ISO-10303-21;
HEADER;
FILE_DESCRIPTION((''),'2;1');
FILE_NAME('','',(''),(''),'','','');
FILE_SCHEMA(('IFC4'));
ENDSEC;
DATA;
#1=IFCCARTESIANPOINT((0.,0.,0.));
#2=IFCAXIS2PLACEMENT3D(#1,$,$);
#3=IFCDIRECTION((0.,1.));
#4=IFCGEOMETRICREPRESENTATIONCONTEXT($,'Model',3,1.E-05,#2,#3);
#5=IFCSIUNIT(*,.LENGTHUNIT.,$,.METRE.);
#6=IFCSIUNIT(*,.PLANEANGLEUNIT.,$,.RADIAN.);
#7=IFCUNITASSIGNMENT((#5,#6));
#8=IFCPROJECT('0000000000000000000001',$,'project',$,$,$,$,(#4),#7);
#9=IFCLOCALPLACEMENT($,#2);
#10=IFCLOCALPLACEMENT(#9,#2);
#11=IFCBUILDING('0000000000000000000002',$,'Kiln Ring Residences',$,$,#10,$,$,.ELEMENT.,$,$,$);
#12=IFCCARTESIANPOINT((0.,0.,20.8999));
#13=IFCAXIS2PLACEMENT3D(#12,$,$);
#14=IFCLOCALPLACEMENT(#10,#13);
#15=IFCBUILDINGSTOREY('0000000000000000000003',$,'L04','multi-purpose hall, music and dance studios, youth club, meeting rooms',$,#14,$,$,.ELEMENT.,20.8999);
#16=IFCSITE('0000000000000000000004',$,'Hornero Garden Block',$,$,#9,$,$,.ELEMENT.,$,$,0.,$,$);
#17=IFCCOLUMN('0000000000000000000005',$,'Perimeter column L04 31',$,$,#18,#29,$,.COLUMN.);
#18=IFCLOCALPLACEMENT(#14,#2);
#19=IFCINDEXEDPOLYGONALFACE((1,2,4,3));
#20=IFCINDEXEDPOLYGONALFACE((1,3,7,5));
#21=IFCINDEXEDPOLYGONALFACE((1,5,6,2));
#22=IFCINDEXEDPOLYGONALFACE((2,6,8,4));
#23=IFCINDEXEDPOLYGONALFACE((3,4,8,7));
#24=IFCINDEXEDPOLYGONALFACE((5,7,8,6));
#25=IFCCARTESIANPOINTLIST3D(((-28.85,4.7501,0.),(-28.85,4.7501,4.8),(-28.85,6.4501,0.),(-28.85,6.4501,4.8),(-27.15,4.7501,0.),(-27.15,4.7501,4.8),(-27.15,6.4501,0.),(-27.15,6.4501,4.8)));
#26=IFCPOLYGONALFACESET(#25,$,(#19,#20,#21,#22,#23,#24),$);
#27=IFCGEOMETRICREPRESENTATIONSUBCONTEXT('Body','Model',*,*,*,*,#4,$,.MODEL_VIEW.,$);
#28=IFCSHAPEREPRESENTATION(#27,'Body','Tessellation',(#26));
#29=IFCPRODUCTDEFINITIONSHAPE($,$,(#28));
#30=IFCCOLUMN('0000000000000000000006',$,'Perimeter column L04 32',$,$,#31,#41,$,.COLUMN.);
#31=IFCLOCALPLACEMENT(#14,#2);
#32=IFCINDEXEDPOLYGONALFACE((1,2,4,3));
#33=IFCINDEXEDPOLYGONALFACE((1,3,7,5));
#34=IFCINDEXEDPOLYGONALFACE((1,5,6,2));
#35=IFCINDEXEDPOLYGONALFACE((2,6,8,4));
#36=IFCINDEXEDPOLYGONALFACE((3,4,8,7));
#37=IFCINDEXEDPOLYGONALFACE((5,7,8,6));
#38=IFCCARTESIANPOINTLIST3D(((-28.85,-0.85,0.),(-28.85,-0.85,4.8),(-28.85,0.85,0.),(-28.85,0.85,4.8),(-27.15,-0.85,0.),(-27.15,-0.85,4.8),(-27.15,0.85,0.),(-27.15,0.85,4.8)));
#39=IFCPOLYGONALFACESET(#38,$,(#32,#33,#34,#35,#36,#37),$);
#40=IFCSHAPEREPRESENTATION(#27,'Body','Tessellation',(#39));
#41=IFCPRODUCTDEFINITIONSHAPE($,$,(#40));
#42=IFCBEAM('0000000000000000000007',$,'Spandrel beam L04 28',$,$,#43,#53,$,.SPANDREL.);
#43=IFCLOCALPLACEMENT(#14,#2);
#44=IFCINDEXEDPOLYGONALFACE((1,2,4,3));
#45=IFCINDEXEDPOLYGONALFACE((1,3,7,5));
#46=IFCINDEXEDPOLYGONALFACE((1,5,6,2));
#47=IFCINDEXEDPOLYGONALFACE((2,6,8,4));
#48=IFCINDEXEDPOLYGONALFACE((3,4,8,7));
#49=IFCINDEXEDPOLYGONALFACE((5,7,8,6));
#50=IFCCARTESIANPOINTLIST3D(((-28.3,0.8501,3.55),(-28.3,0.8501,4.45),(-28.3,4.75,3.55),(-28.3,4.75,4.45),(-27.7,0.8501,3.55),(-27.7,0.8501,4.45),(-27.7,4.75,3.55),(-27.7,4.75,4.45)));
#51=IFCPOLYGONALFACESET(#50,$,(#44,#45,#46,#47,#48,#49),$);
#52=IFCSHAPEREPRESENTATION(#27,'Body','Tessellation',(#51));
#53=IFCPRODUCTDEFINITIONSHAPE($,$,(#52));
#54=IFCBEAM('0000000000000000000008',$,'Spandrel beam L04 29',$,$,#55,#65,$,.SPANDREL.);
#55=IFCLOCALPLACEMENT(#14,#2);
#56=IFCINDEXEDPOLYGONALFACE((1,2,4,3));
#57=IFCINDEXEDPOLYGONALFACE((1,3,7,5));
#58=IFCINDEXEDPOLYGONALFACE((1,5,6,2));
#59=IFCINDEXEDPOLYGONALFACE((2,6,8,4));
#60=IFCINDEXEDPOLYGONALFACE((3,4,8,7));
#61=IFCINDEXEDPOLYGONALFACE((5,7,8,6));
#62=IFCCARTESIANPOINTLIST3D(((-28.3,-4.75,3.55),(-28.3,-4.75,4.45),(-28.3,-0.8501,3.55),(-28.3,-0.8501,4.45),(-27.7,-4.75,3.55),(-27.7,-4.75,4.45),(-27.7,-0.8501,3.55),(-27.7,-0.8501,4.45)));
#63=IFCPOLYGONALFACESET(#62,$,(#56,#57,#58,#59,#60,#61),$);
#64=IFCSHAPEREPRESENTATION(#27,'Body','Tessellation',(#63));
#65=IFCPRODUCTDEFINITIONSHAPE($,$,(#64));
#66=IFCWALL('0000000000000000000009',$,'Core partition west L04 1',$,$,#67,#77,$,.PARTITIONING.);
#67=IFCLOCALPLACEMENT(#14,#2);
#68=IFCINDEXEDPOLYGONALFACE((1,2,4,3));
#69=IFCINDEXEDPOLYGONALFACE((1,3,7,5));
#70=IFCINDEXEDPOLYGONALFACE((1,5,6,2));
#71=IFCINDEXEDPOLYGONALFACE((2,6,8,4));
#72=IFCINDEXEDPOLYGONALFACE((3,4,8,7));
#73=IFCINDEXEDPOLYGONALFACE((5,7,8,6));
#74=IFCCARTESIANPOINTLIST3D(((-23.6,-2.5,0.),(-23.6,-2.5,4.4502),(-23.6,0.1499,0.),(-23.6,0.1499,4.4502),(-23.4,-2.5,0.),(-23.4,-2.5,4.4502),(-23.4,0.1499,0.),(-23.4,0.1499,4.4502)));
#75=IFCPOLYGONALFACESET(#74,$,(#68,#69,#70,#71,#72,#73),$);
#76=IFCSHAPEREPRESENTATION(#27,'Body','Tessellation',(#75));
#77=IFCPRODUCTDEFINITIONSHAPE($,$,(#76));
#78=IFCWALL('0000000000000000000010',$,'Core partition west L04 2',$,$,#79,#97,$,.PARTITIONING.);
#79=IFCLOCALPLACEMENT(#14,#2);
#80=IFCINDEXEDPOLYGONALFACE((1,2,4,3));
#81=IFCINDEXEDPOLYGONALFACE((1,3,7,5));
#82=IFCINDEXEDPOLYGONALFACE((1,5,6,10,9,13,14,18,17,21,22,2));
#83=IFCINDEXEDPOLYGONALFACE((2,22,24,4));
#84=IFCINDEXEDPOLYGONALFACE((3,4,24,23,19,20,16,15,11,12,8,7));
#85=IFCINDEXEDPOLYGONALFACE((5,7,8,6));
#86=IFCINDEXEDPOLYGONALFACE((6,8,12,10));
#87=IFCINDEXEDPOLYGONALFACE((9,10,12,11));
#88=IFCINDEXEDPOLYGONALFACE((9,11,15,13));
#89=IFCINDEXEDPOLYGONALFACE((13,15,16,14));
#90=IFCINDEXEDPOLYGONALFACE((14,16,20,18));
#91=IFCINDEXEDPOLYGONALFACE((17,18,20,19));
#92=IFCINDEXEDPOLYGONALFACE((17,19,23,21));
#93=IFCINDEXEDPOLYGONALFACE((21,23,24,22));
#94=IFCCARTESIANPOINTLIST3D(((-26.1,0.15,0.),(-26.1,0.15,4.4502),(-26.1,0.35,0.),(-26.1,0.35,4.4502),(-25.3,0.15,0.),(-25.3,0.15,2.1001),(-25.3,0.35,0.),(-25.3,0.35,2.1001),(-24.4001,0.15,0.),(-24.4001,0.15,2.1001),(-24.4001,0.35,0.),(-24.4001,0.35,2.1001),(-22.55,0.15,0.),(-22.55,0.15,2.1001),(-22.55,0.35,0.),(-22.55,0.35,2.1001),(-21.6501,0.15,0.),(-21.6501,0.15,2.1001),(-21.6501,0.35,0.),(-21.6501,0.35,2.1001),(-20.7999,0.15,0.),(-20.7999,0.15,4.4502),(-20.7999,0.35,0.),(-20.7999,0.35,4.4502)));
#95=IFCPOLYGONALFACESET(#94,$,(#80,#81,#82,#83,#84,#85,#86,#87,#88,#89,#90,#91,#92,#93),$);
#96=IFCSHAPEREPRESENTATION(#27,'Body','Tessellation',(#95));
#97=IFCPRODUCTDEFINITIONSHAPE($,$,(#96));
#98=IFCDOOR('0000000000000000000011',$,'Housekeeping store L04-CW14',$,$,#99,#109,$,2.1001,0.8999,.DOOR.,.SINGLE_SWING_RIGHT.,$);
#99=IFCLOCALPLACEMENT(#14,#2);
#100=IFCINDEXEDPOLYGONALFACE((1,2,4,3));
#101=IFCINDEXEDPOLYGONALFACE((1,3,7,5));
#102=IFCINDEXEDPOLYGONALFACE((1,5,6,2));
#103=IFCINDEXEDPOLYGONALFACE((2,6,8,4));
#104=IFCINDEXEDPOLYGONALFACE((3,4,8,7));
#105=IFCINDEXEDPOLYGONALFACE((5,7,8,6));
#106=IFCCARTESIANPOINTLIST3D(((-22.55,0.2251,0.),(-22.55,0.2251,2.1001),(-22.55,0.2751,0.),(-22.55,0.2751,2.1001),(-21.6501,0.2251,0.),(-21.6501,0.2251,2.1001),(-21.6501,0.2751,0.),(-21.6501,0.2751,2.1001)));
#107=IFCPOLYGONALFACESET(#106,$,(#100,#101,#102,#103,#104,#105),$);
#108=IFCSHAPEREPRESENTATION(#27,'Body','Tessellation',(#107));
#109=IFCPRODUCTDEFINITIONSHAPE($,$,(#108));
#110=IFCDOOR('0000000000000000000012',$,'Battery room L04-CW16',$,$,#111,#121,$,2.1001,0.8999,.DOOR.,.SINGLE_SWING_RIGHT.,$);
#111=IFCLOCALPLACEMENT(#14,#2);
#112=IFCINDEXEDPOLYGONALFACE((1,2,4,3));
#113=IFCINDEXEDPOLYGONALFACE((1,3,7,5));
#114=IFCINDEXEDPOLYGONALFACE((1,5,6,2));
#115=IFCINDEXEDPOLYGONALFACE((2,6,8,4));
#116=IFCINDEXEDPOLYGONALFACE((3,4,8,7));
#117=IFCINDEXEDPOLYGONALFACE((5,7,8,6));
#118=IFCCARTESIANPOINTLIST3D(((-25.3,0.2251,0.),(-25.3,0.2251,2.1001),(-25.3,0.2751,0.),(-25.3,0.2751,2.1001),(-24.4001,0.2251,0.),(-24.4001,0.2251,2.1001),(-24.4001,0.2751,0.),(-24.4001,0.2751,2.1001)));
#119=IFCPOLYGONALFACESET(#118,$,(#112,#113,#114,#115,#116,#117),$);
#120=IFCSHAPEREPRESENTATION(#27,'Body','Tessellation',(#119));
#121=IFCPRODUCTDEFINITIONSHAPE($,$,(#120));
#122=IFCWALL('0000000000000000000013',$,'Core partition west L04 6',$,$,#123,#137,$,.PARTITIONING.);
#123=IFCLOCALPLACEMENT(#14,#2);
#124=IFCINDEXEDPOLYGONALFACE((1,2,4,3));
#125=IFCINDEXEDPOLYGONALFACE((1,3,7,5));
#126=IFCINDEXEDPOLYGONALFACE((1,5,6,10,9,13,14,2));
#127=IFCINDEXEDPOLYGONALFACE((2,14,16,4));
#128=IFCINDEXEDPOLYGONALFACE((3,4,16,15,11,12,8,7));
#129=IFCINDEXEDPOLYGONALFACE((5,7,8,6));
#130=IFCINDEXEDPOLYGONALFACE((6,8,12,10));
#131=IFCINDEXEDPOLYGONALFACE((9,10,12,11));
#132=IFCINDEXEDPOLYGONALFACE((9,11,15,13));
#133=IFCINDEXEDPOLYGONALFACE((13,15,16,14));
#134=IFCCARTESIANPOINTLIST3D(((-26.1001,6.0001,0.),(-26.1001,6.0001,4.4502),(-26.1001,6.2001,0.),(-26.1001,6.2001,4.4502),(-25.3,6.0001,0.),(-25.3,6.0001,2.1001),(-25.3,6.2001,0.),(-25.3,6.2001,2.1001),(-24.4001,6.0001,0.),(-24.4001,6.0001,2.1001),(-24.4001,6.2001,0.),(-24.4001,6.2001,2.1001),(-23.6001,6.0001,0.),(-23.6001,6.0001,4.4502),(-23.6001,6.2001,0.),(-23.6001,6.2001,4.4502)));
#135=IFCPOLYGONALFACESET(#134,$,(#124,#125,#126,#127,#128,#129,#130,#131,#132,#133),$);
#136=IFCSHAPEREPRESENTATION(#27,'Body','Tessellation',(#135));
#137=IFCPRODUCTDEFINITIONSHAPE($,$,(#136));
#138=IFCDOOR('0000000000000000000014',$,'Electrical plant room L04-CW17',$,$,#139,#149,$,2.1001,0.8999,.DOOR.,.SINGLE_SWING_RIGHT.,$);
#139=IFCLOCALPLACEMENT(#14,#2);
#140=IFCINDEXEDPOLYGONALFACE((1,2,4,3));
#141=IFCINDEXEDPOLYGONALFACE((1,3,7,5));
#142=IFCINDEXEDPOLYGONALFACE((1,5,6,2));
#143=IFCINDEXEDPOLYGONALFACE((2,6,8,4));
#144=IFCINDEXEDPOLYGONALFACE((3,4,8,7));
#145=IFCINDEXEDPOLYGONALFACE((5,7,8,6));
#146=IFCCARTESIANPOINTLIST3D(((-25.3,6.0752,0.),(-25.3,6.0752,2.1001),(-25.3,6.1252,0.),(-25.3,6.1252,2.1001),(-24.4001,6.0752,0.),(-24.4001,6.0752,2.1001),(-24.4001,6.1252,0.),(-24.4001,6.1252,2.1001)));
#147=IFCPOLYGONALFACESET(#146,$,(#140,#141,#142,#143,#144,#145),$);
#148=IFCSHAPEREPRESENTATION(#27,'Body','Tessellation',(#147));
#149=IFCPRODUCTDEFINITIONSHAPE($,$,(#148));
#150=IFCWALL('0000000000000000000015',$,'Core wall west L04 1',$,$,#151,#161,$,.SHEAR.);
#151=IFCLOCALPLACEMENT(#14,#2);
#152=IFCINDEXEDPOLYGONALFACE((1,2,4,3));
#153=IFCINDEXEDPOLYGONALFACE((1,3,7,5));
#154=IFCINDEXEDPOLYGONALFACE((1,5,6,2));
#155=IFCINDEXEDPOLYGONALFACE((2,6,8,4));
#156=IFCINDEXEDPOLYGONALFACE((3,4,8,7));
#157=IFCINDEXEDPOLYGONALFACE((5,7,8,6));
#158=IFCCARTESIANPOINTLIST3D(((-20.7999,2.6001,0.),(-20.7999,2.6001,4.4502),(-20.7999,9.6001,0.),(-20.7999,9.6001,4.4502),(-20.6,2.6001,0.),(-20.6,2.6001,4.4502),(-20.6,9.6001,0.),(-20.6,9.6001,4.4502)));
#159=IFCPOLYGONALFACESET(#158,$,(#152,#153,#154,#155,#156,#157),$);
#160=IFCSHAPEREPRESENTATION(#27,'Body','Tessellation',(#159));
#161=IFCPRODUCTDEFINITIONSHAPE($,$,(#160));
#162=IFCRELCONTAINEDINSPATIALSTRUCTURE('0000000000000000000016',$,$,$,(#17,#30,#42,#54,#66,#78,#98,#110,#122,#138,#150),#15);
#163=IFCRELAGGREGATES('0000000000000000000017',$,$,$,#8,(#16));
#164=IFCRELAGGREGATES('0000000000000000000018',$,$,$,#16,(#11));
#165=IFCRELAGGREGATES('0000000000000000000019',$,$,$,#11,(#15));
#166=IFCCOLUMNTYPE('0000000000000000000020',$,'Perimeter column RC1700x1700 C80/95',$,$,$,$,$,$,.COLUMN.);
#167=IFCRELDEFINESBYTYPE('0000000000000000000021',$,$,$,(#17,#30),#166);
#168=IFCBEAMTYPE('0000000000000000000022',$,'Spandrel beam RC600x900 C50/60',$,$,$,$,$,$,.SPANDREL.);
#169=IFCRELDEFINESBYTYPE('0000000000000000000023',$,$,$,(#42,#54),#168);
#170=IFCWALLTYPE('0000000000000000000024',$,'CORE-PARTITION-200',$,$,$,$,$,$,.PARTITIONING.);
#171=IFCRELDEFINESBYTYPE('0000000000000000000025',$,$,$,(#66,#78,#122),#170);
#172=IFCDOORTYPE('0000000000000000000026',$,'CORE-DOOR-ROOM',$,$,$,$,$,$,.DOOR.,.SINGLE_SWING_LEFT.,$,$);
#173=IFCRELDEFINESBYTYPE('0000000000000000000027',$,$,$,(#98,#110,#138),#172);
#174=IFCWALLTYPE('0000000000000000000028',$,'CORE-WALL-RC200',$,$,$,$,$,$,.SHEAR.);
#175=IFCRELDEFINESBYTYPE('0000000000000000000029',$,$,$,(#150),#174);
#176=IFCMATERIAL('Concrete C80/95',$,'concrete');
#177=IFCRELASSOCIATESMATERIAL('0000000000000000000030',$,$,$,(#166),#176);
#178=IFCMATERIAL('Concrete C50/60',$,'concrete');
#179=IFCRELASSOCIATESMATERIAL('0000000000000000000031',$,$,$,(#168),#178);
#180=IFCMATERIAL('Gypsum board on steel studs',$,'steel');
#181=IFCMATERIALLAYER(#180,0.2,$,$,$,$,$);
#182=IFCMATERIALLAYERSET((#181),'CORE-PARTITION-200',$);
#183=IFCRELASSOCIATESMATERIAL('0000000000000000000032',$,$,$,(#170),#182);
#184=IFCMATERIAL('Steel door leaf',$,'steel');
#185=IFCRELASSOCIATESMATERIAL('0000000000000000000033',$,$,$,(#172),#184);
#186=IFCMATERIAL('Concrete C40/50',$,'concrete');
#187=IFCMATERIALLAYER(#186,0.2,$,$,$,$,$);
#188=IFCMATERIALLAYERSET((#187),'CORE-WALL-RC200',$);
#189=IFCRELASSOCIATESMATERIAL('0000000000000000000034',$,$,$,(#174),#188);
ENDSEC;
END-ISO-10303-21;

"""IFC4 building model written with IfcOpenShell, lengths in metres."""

from ifc_helpers import new_model, si_unit, direction, frame, frame_2d, origin, origin_2d, place, context, subcontext, project, spatial, rectangle, extrude, material, layer, layer_set, material_profile, profile_set, type_object, element, fill, save


model = new_model("IFC4")

# Units and contexts
model_context = context("Model", 3, precision=1e-05, world=origin(), true_north=direction((0.0, 1.0)))
body_context = subcontext(model_context, "Body", "Model", "MODEL_VIEW")
ifc_project = project(units=[si_unit("LENGTHUNIT", "METRE"), si_unit("PLANEANGLEUNIT", "RADIAN")], contexts=[model_context])

# Site, building, storey
site_placement = place(None, origin())
site = spatial("IfcSite", under=ifc_project, at=site_placement, Name="Hornero Garden Block", CompositionType="ELEMENT", RefElevation=0.0)
building_placement = place(site_placement, origin())
building = spatial("IfcBuilding", under=site, at=building_placement, Name="Kiln Ring Residences", CompositionType="ELEMENT")
storey_placement = place(building_placement, frame((0.0, 0.0, 20.8999)))
storey = spatial("IfcBuildingStorey", under=building, at=storey_placement, Name="L04", Description="multi-purpose hall, music and dance studios, youth club, meeting rooms", CompositionType="ELEMENT", Elevation=20.8999)

# Columns
ifc_material_1 = material(Name="Concrete C80/95", Category="concrete")
ifc_material_profile_1 = material_profile(ifc_material_1, rectangle(XDim=1.7, YDim=1.7, at=origin_2d()), Name="RC1700x1700")
ifc_profile_set_1 = profile_set([ifc_material_profile_1], Name="Concrete C80/95")
column_type = type_object("IfcColumnType", Name="Perimeter column RC1700x1700 C80/95", PredefinedType="COLUMN", material=ifc_profile_set_1)
for number, where, z_axis, x_axis, name in (
    (1, (-28.0, 5.6001, 0.0), (0.0, 0.0, 1.0), (1.0, 0.0, 0.0), "Perimeter column L04 31"),
    (2, (-28.0, 0.0, 0.0), (0.0, 0.0, 1.0), (1.0, 0.0, 0.0), "Perimeter column L04 32"),
):
    element("IfcColumn", number, at=place(storey_placement, frame(where, z_axis=z_axis, x_axis=x_axis)), inside=storey, type_object=column_type, Name=name, PredefinedType="COLUMN", context=body_context, shape_type="SweptSolid", body=[
        extrude(rectangle(XDim=1.7, YDim=1.7, at=origin_2d()), origin(), (0.0, 0.0, 1.0), 4.8),
    ])

# Beams
ifc_material_2 = material(Name="Concrete C50/60", Category="concrete")
ifc_material_profile_2 = material_profile(ifc_material_2, rectangle(XDim=0.6001, YDim=0.8999, at=origin_2d()), Name="RC600x900")
ifc_profile_set_2 = profile_set([ifc_material_profile_2], Name="Concrete C50/60")
beam_type = type_object("IfcBeamType", Name="Spandrel beam RC600x900 C50/60", PredefinedType="SPANDREL", material=ifc_profile_set_2)
for number, where, z_axis, x_axis, name in (
    (3, (-28.0, 4.75, 4.0), (0.0, -1.0, 0.0), (1.0, 0.0, 0.0), "Spandrel beam L04 28"),
    (4, (-28.0, -0.8501, 4.0), (0.0, -1.0, 0.0), (1.0, 0.0, 0.0), "Spandrel beam L04 29"),
):
    element("IfcBeam", number, at=place(storey_placement, frame(where, z_axis=z_axis, x_axis=x_axis)), inside=storey, type_object=beam_type, Name=name, PredefinedType="SPANDREL", context=body_context, shape_type="SweptSolid", body=[
        extrude(rectangle(XDim=0.6001, YDim=0.8999, at=origin_2d()), origin(), (0.0, 0.0, 1.0), 3.8999),
    ])

# Wall
ifc_material_3 = material(Name="Gypsum board on steel studs", Category="steel")
ifc_layer_1 = layer(ifc_material_3, 0.2)
ifc_layer_set_1 = layer_set([ifc_layer_1], Name="CORE-PARTITION-200")
wall_type_1 = type_object("IfcWallType", Name="CORE-PARTITION-200", PredefinedType="PARTITIONING", material=ifc_layer_set_1)
wall_1_placement = place(storey_placement, frame((-23.5, -2.5, 0.0), z_axis=(0.0, 0.0, 1.0), x_axis=(0.0, 1.0, 0.0)))
element("IfcWall", 5, at=wall_1_placement, inside=storey, type_object=wall_type_1, Name="Core partition west L04 1", PredefinedType="PARTITIONING", context=body_context, shape_type="SweptSolid", body=[
    extrude(rectangle(XDim=2.6499, YDim=0.2, at=frame_2d((1.325, 0.0))), origin(), (0.0, 0.0, 1.0), 4.4502),
])

# Wall, openings, doors
wall_2_placement = place(storey_placement, frame((-20.8, 0.25, 0.0), z_axis=(0.0, 0.0, 1.0), x_axis=(-1.0, 0.0, 0.0)))
wall_2 = element("IfcWall", 6, at=wall_2_placement, inside=storey, type_object=wall_type_1, Name="Core partition west L04 2", PredefinedType="PARTITIONING", context=body_context, shape_type="SweptSolid", body=[
    extrude(rectangle(XDim=5.3, YDim=0.2, at=frame_2d((2.6499, 0.0))), origin(), (0.0, 0.0, 1.0), 4.4502),
])
opening_1_placement = place(wall_2_placement, frame((0.8501, 0.0, 0.0)))
opening_1 = element("IfcOpeningElement", 7, at=opening_1_placement, cuts=wall_2, PredefinedType="OPENING", context=body_context, shape_type="SweptSolid", body=[
    extrude(rectangle(XDim=0.8999, YDim=2.1001, at=frame_2d((0.45, 1.05))), frame((0.0, 0.1099, 0.0), z_axis=(0.0, -1.0, 0.0), x_axis=(1.0, 0.0, 0.0)), (0.0, 0.0, 1.0), 0.22),
])
opening_2_placement = place(wall_2_placement, frame((3.6001, 0.0, 0.0)))
opening_2 = element("IfcOpeningElement", 8, at=opening_2_placement, cuts=wall_2, PredefinedType="OPENING", context=body_context, shape_type="SweptSolid", body=[
    extrude(rectangle(XDim=0.8999, YDim=2.1001, at=frame_2d((0.45, 1.05))), frame((0.0, 0.1099, 0.0), z_axis=(0.0, -1.0, 0.0), x_axis=(1.0, 0.0, 0.0)), (0.0, 0.0, 1.0), 0.22),
])
ifc_material_4 = material(Name="Steel door leaf", Category="steel")
door_type = type_object("IfcDoorType", Name="CORE-DOOR-ROOM", OperationType="SINGLE_SWING_LEFT", PredefinedType="DOOR", material=ifc_material_4)
door_1_placement = place(opening_1_placement, origin())
door_1 = element("IfcDoor", 9, at=door_1_placement, inside=storey, type_object=door_type, Name="Housekeeping store L04-CW14", OperationType="SINGLE_SWING_RIGHT", OverallHeight=2.1001, OverallWidth=0.8999, PredefinedType="DOOR", context=body_context, shape_type="SweptSolid", body=[
    extrude(rectangle(XDim=0.8999, YDim=2.1001, at=frame_2d((0.45, 1.05))), frame((0.0, 0.0249, 0.0), z_axis=(0.0, -1.0, 0.0), x_axis=(1.0, 0.0, 0.0)), (0.0, 0.0, 1.0), 0.05),
])
fill(opening_1, door_1)
door_2_placement = place(opening_2_placement, origin())
door_2 = element("IfcDoor", 10, at=door_2_placement, inside=storey, type_object=door_type, Name="Battery room L04-CW16", OperationType="SINGLE_SWING_RIGHT", OverallHeight=2.1001, OverallWidth=0.8999, PredefinedType="DOOR", context=body_context, shape_type="SweptSolid", body=[
    extrude(rectangle(XDim=0.8999, YDim=2.1001, at=frame_2d((0.45, 1.05))), frame((0.0, 0.0249, 0.0), z_axis=(0.0, -1.0, 0.0), x_axis=(1.0, 0.0, 0.0)), (0.0, 0.0, 1.0), 0.05),
])
fill(opening_2, door_2)

# Wall, opening, door
wall_3_placement = place(storey_placement, frame((-23.6001, 6.1001, 0.0), z_axis=(0.0, 0.0, 1.0), x_axis=(-1.0, 0.0, 0.0)))
wall_3 = element("IfcWall", 11, at=wall_3_placement, inside=storey, type_object=wall_type_1, Name="Core partition west L04 6", PredefinedType="PARTITIONING", context=body_context, shape_type="SweptSolid", body=[
    extrude(rectangle(XDim=2.5, YDim=0.2, at=frame_2d((1.25, 0.0))), origin(), (0.0, 0.0, 1.0), 4.4502),
])
opening_3_placement = place(wall_3_placement, frame((0.8, 0.0, 0.0)))
opening_3 = element("IfcOpeningElement", 12, at=opening_3_placement, cuts=wall_3, PredefinedType="OPENING", context=body_context, shape_type="SweptSolid", body=[
    extrude(rectangle(XDim=0.8999, YDim=2.1001, at=frame_2d((0.45, 1.05))), frame((0.0, 0.1099, 0.0), z_axis=(0.0, -1.0, 0.0), x_axis=(1.0, 0.0, 0.0)), (0.0, 0.0, 1.0), 0.22),
])
door_3_placement = place(opening_3_placement, origin())
door_3 = element("IfcDoor", 13, at=door_3_placement, inside=storey, type_object=door_type, Name="Electrical plant room L04-CW17", OperationType="SINGLE_SWING_RIGHT", OverallHeight=2.1001, OverallWidth=0.8999, PredefinedType="DOOR", context=body_context, shape_type="SweptSolid", body=[
    extrude(rectangle(XDim=0.8999, YDim=2.1001, at=frame_2d((0.45, 1.05))), frame((0.0, 0.0249, 0.0), z_axis=(0.0, -1.0, 0.0), x_axis=(1.0, 0.0, 0.0)), (0.0, 0.0, 1.0), 0.05),
])
fill(opening_3, door_3)

# Wall
ifc_material_5 = material(Name="Concrete C40/50", Category="concrete")
ifc_layer_2 = layer(ifc_material_5, 0.2)
ifc_layer_set_2 = layer_set([ifc_layer_2], Name="CORE-WALL-RC200")
wall_type_2 = type_object("IfcWallType", Name="CORE-WALL-RC200", PredefinedType="SHEAR", material=ifc_layer_set_2)
wall_4_placement = place(storey_placement, frame((-20.7, 2.6001, 0.0), z_axis=(0.0, 0.0, 1.0), x_axis=(0.0, 1.0, 0.0)))
element("IfcWall", 14, at=wall_4_placement, inside=storey, type_object=wall_type_2, Name="Core wall west L04 1", PredefinedType="SHEAR", context=body_context, shape_type="SweptSolid", body=[
    extrude(rectangle(XDim=7.0, YDim=0.2, at=frame_2d((3.5, 0.0))), origin(), (0.0, 0.0, 1.0), 4.4502),
])

save(model, "model.ifc")
